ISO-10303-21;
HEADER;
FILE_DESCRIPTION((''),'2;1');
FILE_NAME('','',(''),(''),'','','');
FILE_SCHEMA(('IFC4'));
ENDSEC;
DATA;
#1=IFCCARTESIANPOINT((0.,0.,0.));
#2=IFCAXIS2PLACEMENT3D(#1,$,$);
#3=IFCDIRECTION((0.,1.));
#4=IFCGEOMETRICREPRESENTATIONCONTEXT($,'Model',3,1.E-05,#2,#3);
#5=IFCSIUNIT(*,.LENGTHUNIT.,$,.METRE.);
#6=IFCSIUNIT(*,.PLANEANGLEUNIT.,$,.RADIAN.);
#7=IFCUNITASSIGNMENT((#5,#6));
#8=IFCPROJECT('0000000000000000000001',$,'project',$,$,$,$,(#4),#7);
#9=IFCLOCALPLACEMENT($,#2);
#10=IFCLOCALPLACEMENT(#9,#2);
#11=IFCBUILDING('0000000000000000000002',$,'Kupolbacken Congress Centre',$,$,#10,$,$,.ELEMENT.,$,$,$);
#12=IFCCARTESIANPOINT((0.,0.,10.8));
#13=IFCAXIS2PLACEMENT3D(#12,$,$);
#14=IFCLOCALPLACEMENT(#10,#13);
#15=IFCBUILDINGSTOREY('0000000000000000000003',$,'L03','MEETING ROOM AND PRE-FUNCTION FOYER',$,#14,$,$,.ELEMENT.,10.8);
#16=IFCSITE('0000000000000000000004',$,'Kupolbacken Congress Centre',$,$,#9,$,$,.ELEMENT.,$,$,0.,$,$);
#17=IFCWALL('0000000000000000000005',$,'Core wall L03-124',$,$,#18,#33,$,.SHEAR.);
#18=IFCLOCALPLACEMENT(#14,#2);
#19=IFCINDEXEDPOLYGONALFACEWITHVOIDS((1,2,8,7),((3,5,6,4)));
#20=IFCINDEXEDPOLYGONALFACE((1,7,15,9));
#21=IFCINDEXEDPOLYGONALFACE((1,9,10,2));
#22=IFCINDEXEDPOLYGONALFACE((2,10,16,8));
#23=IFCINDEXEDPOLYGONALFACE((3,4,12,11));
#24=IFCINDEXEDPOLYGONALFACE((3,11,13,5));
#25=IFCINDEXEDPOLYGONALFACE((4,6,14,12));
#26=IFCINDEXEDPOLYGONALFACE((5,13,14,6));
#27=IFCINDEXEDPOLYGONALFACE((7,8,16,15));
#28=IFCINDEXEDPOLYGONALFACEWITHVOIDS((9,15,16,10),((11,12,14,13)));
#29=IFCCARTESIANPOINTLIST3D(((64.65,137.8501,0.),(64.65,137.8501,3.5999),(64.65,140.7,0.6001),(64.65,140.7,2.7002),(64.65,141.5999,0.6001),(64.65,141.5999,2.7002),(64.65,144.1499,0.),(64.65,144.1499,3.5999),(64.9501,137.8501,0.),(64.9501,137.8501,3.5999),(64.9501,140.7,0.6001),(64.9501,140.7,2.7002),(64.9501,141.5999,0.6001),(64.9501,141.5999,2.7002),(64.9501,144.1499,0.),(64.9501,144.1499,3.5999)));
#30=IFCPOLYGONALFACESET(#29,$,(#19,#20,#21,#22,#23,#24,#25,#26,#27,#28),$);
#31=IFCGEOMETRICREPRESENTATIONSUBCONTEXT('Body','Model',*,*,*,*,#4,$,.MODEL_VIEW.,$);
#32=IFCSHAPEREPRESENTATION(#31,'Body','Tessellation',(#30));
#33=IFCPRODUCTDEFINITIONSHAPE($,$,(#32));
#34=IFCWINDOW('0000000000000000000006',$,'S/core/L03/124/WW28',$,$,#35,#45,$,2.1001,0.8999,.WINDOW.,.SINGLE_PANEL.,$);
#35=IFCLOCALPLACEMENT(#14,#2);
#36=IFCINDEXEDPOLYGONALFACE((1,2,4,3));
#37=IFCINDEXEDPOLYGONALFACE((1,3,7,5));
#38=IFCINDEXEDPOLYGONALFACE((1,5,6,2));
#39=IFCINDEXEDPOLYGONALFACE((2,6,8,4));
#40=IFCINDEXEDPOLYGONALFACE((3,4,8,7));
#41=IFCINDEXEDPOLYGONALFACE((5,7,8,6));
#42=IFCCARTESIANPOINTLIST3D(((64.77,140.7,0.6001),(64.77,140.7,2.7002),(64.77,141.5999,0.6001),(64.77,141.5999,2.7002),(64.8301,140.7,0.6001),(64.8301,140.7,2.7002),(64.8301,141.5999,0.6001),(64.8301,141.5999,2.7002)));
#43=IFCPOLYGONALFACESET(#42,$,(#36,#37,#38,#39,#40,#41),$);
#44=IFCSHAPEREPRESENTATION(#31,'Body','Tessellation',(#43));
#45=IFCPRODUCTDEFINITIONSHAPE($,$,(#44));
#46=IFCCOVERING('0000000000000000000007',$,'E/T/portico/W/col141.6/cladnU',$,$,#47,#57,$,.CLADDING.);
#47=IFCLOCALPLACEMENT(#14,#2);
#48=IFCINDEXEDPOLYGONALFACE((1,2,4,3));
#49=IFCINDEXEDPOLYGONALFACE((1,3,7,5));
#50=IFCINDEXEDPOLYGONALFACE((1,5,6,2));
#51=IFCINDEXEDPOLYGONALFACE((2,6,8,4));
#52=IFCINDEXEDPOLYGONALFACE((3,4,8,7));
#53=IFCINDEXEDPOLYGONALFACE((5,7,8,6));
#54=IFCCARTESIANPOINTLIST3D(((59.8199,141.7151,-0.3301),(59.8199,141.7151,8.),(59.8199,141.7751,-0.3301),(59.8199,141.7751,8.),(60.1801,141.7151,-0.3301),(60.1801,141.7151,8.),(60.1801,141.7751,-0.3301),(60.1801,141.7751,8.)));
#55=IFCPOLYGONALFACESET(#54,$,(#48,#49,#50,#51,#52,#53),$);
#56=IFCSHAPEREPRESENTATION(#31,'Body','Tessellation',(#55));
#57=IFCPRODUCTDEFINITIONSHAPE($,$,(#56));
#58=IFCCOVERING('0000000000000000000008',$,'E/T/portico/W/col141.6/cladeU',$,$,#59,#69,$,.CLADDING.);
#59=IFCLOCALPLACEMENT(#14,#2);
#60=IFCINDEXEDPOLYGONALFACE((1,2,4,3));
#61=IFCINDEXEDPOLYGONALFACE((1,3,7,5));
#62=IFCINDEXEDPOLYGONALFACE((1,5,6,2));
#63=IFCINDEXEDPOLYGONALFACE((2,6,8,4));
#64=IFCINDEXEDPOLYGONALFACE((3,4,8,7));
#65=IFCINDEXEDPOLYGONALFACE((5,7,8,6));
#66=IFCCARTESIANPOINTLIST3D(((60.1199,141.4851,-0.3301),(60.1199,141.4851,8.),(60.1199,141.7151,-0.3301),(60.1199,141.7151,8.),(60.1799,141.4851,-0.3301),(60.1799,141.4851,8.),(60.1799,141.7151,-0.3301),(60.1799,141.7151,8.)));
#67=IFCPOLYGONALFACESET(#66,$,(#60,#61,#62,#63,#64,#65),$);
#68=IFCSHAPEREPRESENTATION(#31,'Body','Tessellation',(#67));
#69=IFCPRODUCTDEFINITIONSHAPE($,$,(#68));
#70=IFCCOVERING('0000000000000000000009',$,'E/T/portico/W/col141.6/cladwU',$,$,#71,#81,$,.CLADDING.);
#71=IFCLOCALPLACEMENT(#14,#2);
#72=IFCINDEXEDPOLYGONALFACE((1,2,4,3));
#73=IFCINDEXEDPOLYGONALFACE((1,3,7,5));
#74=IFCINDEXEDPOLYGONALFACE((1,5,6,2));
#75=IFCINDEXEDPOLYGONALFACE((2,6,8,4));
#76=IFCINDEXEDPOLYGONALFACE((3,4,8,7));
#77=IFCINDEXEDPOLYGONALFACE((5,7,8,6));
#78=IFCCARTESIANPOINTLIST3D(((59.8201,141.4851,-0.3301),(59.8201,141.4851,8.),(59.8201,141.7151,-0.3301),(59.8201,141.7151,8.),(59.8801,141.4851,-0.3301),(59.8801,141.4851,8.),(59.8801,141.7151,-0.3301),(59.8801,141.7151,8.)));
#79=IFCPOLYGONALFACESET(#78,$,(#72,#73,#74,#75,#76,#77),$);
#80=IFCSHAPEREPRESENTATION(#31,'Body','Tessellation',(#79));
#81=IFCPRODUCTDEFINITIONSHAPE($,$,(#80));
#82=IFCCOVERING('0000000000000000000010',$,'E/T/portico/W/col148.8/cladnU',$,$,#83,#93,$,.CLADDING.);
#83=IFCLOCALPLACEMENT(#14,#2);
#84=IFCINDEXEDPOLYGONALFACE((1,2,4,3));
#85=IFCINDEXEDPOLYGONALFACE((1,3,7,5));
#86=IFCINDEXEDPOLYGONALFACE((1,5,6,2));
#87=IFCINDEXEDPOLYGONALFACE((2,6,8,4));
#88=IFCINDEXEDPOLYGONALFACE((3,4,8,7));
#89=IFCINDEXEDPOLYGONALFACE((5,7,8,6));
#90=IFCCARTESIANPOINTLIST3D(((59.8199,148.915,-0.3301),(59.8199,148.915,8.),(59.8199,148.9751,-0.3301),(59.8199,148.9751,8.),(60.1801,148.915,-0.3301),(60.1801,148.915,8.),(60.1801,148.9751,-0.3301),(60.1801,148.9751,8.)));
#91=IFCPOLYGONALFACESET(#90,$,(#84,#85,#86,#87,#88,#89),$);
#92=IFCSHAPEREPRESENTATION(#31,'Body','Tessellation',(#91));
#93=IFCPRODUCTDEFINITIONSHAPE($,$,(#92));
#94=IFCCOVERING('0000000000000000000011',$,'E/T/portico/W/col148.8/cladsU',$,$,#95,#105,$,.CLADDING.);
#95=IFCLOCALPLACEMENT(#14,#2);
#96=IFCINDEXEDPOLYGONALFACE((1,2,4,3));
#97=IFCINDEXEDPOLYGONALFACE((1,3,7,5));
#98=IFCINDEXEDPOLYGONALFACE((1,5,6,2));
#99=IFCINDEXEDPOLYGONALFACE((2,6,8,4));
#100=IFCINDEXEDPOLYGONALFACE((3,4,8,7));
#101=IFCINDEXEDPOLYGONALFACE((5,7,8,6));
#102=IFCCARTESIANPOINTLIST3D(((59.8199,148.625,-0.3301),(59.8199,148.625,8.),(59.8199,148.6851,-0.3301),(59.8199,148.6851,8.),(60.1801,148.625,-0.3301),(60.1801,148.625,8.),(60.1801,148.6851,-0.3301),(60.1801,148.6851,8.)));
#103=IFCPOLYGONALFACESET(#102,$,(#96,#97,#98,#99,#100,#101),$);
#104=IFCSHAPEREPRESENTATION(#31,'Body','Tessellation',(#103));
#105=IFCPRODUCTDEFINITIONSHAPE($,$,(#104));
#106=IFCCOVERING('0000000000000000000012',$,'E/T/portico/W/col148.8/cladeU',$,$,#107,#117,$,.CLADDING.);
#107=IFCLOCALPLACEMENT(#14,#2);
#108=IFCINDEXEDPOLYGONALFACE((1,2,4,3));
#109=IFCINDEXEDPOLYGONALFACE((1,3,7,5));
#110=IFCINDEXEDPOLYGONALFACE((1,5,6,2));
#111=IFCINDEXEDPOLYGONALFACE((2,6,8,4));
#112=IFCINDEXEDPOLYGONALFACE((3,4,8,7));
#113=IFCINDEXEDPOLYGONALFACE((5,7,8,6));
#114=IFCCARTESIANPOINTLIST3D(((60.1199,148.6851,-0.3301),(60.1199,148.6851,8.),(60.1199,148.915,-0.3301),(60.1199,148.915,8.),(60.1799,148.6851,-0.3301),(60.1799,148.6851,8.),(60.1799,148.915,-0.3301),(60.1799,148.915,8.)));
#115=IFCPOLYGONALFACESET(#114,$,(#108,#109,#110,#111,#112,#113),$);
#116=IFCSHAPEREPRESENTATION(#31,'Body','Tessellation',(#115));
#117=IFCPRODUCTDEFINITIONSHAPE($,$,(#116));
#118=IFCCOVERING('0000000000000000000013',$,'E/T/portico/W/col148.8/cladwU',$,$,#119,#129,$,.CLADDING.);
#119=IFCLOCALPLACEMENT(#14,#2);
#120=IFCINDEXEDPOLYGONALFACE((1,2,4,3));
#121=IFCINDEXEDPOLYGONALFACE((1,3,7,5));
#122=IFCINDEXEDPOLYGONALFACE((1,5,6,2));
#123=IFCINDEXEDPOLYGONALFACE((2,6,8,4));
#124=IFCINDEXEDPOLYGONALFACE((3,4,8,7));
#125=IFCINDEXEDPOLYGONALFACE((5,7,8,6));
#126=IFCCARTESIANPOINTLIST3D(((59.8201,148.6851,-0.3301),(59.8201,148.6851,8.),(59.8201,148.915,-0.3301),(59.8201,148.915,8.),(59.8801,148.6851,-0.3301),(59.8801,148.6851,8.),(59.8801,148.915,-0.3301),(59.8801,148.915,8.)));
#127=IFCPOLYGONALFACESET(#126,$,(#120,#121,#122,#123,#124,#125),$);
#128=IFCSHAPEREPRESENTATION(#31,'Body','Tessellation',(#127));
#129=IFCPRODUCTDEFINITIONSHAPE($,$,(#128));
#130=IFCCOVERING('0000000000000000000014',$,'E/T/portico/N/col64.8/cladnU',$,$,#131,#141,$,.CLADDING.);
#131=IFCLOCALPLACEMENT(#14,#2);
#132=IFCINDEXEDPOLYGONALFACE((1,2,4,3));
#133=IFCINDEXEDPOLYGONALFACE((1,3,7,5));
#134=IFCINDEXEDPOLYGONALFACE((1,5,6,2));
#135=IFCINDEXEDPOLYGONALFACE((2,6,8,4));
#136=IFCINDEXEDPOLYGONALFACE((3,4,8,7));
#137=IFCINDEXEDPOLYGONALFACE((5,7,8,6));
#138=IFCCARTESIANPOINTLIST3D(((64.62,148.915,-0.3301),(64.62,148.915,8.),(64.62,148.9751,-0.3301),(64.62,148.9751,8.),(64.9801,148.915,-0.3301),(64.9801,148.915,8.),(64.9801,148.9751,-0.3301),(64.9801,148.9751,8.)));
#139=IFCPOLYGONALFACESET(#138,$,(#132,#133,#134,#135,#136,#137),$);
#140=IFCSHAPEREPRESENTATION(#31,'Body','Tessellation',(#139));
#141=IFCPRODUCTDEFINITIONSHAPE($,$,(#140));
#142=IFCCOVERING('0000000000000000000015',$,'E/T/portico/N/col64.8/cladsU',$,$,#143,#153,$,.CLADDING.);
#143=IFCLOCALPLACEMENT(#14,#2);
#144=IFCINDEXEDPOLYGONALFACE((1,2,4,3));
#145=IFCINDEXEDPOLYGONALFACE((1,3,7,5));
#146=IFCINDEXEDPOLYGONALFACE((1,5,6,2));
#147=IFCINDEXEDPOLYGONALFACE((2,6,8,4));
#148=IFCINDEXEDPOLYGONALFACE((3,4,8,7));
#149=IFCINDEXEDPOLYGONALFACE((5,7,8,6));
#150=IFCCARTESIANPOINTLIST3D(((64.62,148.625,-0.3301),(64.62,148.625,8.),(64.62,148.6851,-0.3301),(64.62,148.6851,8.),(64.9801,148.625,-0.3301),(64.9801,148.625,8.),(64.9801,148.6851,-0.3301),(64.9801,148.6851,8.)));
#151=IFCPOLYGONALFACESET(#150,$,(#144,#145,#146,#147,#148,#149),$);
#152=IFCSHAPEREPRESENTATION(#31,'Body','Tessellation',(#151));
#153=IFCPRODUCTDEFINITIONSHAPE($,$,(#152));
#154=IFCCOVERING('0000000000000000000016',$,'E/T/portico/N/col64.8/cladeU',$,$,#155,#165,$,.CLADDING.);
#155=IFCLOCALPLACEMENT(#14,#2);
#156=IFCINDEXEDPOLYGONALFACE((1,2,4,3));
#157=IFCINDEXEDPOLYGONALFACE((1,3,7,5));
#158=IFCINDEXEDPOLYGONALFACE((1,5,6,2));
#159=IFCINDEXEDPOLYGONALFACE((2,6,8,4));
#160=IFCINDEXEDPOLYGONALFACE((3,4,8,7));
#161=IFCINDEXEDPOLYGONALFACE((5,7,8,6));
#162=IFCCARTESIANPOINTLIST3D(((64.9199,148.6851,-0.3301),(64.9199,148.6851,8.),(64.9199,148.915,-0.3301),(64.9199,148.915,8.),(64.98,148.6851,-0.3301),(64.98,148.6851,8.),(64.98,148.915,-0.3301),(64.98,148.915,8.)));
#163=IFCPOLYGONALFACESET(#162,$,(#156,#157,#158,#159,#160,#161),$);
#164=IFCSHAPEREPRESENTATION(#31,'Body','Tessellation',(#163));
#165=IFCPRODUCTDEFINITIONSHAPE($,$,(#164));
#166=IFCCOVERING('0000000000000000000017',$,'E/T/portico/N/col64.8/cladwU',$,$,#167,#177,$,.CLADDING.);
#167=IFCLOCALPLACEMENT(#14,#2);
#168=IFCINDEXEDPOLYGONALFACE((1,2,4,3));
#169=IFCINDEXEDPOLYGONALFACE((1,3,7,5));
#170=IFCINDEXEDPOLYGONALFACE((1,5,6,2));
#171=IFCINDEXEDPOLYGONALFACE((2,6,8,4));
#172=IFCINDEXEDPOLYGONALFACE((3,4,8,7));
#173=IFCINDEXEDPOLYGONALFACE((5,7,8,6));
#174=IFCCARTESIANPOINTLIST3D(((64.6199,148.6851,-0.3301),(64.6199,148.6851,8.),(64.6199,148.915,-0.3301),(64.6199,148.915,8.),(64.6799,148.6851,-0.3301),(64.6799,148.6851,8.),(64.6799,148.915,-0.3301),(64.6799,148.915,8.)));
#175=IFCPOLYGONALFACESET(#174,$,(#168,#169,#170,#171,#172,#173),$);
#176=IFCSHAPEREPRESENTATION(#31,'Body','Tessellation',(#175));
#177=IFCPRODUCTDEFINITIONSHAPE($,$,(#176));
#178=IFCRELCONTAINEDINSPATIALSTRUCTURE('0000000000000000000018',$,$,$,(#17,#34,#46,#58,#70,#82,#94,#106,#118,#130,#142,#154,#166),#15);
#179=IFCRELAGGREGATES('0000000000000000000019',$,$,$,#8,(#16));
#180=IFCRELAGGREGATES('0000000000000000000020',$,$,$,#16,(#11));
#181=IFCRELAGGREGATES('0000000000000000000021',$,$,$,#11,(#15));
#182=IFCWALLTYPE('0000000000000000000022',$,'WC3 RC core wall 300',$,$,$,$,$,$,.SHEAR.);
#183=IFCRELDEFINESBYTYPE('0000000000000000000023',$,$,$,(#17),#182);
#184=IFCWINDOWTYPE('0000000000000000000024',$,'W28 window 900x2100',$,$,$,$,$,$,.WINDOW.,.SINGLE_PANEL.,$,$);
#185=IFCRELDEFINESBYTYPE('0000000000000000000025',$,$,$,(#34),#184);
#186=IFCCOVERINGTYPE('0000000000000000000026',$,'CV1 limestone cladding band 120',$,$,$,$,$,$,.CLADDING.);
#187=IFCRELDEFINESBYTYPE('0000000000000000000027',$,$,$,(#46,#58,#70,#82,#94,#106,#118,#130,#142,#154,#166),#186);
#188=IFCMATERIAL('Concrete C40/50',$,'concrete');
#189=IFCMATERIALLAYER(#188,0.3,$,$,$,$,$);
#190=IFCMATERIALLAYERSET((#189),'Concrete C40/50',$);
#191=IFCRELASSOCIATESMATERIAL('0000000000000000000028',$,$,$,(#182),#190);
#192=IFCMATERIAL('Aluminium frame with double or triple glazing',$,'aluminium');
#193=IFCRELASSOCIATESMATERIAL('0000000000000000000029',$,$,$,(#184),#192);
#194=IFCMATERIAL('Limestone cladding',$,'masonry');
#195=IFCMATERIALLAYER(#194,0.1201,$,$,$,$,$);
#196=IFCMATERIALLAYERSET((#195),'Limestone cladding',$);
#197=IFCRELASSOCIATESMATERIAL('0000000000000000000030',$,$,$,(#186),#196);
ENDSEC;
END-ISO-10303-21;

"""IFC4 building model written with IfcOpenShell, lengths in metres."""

from ifc_helpers import new_model, si_unit, direction, frame, frame_2d, origin, origin_2d, place, context, subcontext, project, spatial, rectangle, extrude, material, layer, layer_set, type_object, element, fill, save


model = new_model("IFC4")

# Units and contexts
model_context = context("Model", 3, precision=1e-05, world=origin(), true_north=direction((0.0, 1.0)))
body_context = subcontext(model_context, "Body", "Model", "MODEL_VIEW")
ifc_project = project(units=[si_unit("LENGTHUNIT", "METRE"), si_unit("PLANEANGLEUNIT", "RADIAN")], contexts=[model_context])

# Site, building, storey
site_placement = place(None, origin())
site = spatial("IfcSite", under=ifc_project, at=site_placement, Name="Kupolbacken Congress Centre", CompositionType="ELEMENT", RefElevation=0.0)
building_placement = place(site_placement, origin())
building = spatial("IfcBuilding", under=site, at=building_placement, Name="Kupolbacken Congress Centre", CompositionType="ELEMENT")
storey_placement = place(building_placement, frame((0.0, 0.0, 10.8)))
storey = spatial("IfcBuildingStorey", under=building, at=storey_placement, Name="L03", Description="MEETING ROOM AND PRE-FUNCTION FOYER", CompositionType="ELEMENT", Elevation=10.8)

# Wall, opening, window
ifc_material_1 = material(Name="Concrete C40/50", Category="concrete")
ifc_layer_1 = layer(ifc_material_1, 0.3)
ifc_layer_set_1 = layer_set([ifc_layer_1], Name="Concrete C40/50")
wall_type = type_object("IfcWallType", Name="WC3 RC core wall 300", PredefinedType="SHEAR", material=ifc_layer_set_1)
wall_placement = place(storey_placement, frame((64.8, 144.1499, 0.0), z_axis=(0.0, 0.0, 1.0), x_axis=(0.0, -1.0, 0.0)))
wall = element("IfcWall", 1, at=wall_placement, inside=storey, type_object=wall_type, Name="Core wall L03-124", PredefinedType="SHEAR", context=body_context, shape_type="SweptSolid", body=[
    extrude(rectangle(XDim=6.2998, YDim=0.3, at=frame_2d((3.1499, 0.0))), origin(), (0.0, 0.0, 1.0), 3.5999),
])
opening_placement = place(wall_placement, frame((2.55, 0.0, 0.6001)))
opening = element("IfcOpeningElement", 2, at=opening_placement, cuts=wall, PredefinedType="OPENING", context=body_context, shape_type="SweptSolid", body=[
    extrude(rectangle(XDim=0.8999, YDim=2.1001, at=frame_2d((0.45, 1.05))), frame((0.0, 0.1599, 0.0), z_axis=(0.0, -1.0, 0.0), x_axis=(1.0, 0.0, 0.0)), (0.0, 0.0, 1.0), 0.3201),
])
ifc_material_2 = material(Name="Aluminium frame with double or triple glazing", Category="aluminium")
window_type = type_object("IfcWindowType", Name="W28 window 900x2100", PartitioningType="SINGLE_PANEL", PredefinedType="WINDOW", material=ifc_material_2)
window_placement = place(opening_placement, origin())
window = element("IfcWindow", 3, at=window_placement, inside=storey, type_object=window_type, Name="S/core/L03/124/WW28", OverallHeight=2.1001, OverallWidth=0.8999, PartitioningType="SINGLE_PANEL", PredefinedType="WINDOW", context=body_context, shape_type="SweptSolid", body=[
    extrude(rectangle(XDim=0.8999, YDim=2.1001, at=frame_2d((0.45, 1.05))), frame((0.0, 0.03, 0.0), z_axis=(0.0, -1.0, 0.0), x_axis=(1.0, 0.0, 0.0)), (0.0, 0.0, 1.0), 0.0601),
])
fill(opening, window)

# Coverings
ifc_material_3 = material(Name="Limestone cladding", Category="masonry")
ifc_layer_2 = layer(ifc_material_3, 0.1201)
ifc_layer_set_2 = layer_set([ifc_layer_2], Name="Limestone cladding")
covering_type = type_object("IfcCoveringType", Name="CV1 limestone cladding band 120", PredefinedType="CLADDING", material=ifc_layer_set_2)
covering_1_placement = place(storey_placement, frame((60.0, 141.7451, -0.3301), z_axis=(0.0, 0.0, 1.0), x_axis=(1.0, 0.0, 0.0)))
element("IfcCovering", 4, at=covering_1_placement, inside=storey, type_object=covering_type, Name="E/T/portico/W/col141.6/cladnU", PredefinedType="CLADDING", context=body_context, shape_type="SweptSolid", body=[
    extrude(rectangle(XDim=0.3601, YDim=0.0601, at=origin_2d()), origin(), (0.0, 0.0, 1.0), 8.3301),
])
for number, where, z_axis, x_axis, name in (
    (5, (60.1499, 141.6001, -0.3301), (0.0, 0.0, 1.0), (1.0, 0.0, 0.0), "E/T/portico/W/col141.6/cladeU"),
    (6, (59.8501, 141.6001, -0.3301), (0.0, 0.0, 1.0), (1.0, 0.0, 0.0), "E/T/portico/W/col141.6/cladwU"),
):
    element("IfcCovering", number, at=place(storey_placement, frame(where, z_axis=z_axis, x_axis=x_axis)), inside=storey, type_object=covering_type, Name=name, PredefinedType="CLADDING", context=body_context, shape_type="SweptSolid", body=[
        extrude(rectangle(XDim=0.0601, YDim=0.23, at=origin_2d()), origin(), (0.0, 0.0, 1.0), 8.3301),
    ])
for number, where, z_axis, x_axis, name in (
    (7, (60.0, 148.9451, -0.3301), (0.0, 0.0, 1.0), (1.0, 0.0, 0.0), "E/T/portico/W/col148.8/cladnU"),
    (8, (60.0, 148.655, -0.3301), (0.0, 0.0, 1.0), (1.0, 0.0, 0.0), "E/T/portico/W/col148.8/cladsU"),
):
    element("IfcCovering", number, at=place(storey_placement, frame(where, z_axis=z_axis, x_axis=x_axis)), inside=storey, type_object=covering_type, Name=name, PredefinedType="CLADDING", context=body_context, shape_type="SweptSolid", body=[
        extrude(rectangle(XDim=0.3601, YDim=0.0601, at=origin_2d()), origin(), (0.0, 0.0, 1.0), 8.3301),
    ])
for number, where, z_axis, x_axis, name in (
    (9, (60.1499, 148.8, -0.3301), (0.0, 0.0, 1.0), (1.0, 0.0, 0.0), "E/T/portico/W/col148.8/cladeU"),
    (10, (59.8501, 148.8, -0.3301), (0.0, 0.0, 1.0), (1.0, 0.0, 0.0), "E/T/portico/W/col148.8/cladwU"),
):
    element("IfcCovering", number, at=place(storey_placement, frame(where, z_axis=z_axis, x_axis=x_axis)), inside=storey, type_object=covering_type, Name=name, PredefinedType="CLADDING", context=body_context, shape_type="SweptSolid", body=[
        extrude(rectangle(XDim=0.0601, YDim=0.23, at=origin_2d()), origin(), (0.0, 0.0, 1.0), 8.3301),
    ])
for number, where, z_axis, x_axis, name in (
    (11, (64.8, 148.9451, -0.3301), (0.0, 0.0, 1.0), (1.0, 0.0, 0.0), "E/T/portico/N/col64.8/cladnU"),
    (12, (64.8, 148.655, -0.3301), (0.0, 0.0, 1.0), (1.0, 0.0, 0.0), "E/T/portico/N/col64.8/cladsU"),
):
    element("IfcCovering", number, at=place(storey_placement, frame(where, z_axis=z_axis, x_axis=x_axis)), inside=storey, type_object=covering_type, Name=name, PredefinedType="CLADDING", context=body_context, shape_type="SweptSolid", body=[
        extrude(rectangle(XDim=0.3601, YDim=0.0601, at=origin_2d()), origin(), (0.0, 0.0, 1.0), 8.3301),
    ])
for number, where, z_axis, x_axis, name in (
    (13, (64.95, 148.8, -0.3301), (0.0, 0.0, 1.0), (1.0, 0.0, 0.0), "E/T/portico/N/col64.8/cladeU"),
    (14, (64.6499, 148.8, -0.3301), (0.0, 0.0, 1.0), (1.0, 0.0, 0.0), "E/T/portico/N/col64.8/cladwU"),
):
    element("IfcCovering", number, at=place(storey_placement, frame(where, z_axis=z_axis, x_axis=x_axis)), inside=storey, type_object=covering_type, Name=name, PredefinedType="CLADDING", context=body_context, shape_type="SweptSolid", body=[
        extrude(rectangle(XDim=0.0601, YDim=0.23, at=origin_2d()), origin(), (0.0, 0.0, 1.0), 8.3301),
    ])

save(model, "model.ifc")
